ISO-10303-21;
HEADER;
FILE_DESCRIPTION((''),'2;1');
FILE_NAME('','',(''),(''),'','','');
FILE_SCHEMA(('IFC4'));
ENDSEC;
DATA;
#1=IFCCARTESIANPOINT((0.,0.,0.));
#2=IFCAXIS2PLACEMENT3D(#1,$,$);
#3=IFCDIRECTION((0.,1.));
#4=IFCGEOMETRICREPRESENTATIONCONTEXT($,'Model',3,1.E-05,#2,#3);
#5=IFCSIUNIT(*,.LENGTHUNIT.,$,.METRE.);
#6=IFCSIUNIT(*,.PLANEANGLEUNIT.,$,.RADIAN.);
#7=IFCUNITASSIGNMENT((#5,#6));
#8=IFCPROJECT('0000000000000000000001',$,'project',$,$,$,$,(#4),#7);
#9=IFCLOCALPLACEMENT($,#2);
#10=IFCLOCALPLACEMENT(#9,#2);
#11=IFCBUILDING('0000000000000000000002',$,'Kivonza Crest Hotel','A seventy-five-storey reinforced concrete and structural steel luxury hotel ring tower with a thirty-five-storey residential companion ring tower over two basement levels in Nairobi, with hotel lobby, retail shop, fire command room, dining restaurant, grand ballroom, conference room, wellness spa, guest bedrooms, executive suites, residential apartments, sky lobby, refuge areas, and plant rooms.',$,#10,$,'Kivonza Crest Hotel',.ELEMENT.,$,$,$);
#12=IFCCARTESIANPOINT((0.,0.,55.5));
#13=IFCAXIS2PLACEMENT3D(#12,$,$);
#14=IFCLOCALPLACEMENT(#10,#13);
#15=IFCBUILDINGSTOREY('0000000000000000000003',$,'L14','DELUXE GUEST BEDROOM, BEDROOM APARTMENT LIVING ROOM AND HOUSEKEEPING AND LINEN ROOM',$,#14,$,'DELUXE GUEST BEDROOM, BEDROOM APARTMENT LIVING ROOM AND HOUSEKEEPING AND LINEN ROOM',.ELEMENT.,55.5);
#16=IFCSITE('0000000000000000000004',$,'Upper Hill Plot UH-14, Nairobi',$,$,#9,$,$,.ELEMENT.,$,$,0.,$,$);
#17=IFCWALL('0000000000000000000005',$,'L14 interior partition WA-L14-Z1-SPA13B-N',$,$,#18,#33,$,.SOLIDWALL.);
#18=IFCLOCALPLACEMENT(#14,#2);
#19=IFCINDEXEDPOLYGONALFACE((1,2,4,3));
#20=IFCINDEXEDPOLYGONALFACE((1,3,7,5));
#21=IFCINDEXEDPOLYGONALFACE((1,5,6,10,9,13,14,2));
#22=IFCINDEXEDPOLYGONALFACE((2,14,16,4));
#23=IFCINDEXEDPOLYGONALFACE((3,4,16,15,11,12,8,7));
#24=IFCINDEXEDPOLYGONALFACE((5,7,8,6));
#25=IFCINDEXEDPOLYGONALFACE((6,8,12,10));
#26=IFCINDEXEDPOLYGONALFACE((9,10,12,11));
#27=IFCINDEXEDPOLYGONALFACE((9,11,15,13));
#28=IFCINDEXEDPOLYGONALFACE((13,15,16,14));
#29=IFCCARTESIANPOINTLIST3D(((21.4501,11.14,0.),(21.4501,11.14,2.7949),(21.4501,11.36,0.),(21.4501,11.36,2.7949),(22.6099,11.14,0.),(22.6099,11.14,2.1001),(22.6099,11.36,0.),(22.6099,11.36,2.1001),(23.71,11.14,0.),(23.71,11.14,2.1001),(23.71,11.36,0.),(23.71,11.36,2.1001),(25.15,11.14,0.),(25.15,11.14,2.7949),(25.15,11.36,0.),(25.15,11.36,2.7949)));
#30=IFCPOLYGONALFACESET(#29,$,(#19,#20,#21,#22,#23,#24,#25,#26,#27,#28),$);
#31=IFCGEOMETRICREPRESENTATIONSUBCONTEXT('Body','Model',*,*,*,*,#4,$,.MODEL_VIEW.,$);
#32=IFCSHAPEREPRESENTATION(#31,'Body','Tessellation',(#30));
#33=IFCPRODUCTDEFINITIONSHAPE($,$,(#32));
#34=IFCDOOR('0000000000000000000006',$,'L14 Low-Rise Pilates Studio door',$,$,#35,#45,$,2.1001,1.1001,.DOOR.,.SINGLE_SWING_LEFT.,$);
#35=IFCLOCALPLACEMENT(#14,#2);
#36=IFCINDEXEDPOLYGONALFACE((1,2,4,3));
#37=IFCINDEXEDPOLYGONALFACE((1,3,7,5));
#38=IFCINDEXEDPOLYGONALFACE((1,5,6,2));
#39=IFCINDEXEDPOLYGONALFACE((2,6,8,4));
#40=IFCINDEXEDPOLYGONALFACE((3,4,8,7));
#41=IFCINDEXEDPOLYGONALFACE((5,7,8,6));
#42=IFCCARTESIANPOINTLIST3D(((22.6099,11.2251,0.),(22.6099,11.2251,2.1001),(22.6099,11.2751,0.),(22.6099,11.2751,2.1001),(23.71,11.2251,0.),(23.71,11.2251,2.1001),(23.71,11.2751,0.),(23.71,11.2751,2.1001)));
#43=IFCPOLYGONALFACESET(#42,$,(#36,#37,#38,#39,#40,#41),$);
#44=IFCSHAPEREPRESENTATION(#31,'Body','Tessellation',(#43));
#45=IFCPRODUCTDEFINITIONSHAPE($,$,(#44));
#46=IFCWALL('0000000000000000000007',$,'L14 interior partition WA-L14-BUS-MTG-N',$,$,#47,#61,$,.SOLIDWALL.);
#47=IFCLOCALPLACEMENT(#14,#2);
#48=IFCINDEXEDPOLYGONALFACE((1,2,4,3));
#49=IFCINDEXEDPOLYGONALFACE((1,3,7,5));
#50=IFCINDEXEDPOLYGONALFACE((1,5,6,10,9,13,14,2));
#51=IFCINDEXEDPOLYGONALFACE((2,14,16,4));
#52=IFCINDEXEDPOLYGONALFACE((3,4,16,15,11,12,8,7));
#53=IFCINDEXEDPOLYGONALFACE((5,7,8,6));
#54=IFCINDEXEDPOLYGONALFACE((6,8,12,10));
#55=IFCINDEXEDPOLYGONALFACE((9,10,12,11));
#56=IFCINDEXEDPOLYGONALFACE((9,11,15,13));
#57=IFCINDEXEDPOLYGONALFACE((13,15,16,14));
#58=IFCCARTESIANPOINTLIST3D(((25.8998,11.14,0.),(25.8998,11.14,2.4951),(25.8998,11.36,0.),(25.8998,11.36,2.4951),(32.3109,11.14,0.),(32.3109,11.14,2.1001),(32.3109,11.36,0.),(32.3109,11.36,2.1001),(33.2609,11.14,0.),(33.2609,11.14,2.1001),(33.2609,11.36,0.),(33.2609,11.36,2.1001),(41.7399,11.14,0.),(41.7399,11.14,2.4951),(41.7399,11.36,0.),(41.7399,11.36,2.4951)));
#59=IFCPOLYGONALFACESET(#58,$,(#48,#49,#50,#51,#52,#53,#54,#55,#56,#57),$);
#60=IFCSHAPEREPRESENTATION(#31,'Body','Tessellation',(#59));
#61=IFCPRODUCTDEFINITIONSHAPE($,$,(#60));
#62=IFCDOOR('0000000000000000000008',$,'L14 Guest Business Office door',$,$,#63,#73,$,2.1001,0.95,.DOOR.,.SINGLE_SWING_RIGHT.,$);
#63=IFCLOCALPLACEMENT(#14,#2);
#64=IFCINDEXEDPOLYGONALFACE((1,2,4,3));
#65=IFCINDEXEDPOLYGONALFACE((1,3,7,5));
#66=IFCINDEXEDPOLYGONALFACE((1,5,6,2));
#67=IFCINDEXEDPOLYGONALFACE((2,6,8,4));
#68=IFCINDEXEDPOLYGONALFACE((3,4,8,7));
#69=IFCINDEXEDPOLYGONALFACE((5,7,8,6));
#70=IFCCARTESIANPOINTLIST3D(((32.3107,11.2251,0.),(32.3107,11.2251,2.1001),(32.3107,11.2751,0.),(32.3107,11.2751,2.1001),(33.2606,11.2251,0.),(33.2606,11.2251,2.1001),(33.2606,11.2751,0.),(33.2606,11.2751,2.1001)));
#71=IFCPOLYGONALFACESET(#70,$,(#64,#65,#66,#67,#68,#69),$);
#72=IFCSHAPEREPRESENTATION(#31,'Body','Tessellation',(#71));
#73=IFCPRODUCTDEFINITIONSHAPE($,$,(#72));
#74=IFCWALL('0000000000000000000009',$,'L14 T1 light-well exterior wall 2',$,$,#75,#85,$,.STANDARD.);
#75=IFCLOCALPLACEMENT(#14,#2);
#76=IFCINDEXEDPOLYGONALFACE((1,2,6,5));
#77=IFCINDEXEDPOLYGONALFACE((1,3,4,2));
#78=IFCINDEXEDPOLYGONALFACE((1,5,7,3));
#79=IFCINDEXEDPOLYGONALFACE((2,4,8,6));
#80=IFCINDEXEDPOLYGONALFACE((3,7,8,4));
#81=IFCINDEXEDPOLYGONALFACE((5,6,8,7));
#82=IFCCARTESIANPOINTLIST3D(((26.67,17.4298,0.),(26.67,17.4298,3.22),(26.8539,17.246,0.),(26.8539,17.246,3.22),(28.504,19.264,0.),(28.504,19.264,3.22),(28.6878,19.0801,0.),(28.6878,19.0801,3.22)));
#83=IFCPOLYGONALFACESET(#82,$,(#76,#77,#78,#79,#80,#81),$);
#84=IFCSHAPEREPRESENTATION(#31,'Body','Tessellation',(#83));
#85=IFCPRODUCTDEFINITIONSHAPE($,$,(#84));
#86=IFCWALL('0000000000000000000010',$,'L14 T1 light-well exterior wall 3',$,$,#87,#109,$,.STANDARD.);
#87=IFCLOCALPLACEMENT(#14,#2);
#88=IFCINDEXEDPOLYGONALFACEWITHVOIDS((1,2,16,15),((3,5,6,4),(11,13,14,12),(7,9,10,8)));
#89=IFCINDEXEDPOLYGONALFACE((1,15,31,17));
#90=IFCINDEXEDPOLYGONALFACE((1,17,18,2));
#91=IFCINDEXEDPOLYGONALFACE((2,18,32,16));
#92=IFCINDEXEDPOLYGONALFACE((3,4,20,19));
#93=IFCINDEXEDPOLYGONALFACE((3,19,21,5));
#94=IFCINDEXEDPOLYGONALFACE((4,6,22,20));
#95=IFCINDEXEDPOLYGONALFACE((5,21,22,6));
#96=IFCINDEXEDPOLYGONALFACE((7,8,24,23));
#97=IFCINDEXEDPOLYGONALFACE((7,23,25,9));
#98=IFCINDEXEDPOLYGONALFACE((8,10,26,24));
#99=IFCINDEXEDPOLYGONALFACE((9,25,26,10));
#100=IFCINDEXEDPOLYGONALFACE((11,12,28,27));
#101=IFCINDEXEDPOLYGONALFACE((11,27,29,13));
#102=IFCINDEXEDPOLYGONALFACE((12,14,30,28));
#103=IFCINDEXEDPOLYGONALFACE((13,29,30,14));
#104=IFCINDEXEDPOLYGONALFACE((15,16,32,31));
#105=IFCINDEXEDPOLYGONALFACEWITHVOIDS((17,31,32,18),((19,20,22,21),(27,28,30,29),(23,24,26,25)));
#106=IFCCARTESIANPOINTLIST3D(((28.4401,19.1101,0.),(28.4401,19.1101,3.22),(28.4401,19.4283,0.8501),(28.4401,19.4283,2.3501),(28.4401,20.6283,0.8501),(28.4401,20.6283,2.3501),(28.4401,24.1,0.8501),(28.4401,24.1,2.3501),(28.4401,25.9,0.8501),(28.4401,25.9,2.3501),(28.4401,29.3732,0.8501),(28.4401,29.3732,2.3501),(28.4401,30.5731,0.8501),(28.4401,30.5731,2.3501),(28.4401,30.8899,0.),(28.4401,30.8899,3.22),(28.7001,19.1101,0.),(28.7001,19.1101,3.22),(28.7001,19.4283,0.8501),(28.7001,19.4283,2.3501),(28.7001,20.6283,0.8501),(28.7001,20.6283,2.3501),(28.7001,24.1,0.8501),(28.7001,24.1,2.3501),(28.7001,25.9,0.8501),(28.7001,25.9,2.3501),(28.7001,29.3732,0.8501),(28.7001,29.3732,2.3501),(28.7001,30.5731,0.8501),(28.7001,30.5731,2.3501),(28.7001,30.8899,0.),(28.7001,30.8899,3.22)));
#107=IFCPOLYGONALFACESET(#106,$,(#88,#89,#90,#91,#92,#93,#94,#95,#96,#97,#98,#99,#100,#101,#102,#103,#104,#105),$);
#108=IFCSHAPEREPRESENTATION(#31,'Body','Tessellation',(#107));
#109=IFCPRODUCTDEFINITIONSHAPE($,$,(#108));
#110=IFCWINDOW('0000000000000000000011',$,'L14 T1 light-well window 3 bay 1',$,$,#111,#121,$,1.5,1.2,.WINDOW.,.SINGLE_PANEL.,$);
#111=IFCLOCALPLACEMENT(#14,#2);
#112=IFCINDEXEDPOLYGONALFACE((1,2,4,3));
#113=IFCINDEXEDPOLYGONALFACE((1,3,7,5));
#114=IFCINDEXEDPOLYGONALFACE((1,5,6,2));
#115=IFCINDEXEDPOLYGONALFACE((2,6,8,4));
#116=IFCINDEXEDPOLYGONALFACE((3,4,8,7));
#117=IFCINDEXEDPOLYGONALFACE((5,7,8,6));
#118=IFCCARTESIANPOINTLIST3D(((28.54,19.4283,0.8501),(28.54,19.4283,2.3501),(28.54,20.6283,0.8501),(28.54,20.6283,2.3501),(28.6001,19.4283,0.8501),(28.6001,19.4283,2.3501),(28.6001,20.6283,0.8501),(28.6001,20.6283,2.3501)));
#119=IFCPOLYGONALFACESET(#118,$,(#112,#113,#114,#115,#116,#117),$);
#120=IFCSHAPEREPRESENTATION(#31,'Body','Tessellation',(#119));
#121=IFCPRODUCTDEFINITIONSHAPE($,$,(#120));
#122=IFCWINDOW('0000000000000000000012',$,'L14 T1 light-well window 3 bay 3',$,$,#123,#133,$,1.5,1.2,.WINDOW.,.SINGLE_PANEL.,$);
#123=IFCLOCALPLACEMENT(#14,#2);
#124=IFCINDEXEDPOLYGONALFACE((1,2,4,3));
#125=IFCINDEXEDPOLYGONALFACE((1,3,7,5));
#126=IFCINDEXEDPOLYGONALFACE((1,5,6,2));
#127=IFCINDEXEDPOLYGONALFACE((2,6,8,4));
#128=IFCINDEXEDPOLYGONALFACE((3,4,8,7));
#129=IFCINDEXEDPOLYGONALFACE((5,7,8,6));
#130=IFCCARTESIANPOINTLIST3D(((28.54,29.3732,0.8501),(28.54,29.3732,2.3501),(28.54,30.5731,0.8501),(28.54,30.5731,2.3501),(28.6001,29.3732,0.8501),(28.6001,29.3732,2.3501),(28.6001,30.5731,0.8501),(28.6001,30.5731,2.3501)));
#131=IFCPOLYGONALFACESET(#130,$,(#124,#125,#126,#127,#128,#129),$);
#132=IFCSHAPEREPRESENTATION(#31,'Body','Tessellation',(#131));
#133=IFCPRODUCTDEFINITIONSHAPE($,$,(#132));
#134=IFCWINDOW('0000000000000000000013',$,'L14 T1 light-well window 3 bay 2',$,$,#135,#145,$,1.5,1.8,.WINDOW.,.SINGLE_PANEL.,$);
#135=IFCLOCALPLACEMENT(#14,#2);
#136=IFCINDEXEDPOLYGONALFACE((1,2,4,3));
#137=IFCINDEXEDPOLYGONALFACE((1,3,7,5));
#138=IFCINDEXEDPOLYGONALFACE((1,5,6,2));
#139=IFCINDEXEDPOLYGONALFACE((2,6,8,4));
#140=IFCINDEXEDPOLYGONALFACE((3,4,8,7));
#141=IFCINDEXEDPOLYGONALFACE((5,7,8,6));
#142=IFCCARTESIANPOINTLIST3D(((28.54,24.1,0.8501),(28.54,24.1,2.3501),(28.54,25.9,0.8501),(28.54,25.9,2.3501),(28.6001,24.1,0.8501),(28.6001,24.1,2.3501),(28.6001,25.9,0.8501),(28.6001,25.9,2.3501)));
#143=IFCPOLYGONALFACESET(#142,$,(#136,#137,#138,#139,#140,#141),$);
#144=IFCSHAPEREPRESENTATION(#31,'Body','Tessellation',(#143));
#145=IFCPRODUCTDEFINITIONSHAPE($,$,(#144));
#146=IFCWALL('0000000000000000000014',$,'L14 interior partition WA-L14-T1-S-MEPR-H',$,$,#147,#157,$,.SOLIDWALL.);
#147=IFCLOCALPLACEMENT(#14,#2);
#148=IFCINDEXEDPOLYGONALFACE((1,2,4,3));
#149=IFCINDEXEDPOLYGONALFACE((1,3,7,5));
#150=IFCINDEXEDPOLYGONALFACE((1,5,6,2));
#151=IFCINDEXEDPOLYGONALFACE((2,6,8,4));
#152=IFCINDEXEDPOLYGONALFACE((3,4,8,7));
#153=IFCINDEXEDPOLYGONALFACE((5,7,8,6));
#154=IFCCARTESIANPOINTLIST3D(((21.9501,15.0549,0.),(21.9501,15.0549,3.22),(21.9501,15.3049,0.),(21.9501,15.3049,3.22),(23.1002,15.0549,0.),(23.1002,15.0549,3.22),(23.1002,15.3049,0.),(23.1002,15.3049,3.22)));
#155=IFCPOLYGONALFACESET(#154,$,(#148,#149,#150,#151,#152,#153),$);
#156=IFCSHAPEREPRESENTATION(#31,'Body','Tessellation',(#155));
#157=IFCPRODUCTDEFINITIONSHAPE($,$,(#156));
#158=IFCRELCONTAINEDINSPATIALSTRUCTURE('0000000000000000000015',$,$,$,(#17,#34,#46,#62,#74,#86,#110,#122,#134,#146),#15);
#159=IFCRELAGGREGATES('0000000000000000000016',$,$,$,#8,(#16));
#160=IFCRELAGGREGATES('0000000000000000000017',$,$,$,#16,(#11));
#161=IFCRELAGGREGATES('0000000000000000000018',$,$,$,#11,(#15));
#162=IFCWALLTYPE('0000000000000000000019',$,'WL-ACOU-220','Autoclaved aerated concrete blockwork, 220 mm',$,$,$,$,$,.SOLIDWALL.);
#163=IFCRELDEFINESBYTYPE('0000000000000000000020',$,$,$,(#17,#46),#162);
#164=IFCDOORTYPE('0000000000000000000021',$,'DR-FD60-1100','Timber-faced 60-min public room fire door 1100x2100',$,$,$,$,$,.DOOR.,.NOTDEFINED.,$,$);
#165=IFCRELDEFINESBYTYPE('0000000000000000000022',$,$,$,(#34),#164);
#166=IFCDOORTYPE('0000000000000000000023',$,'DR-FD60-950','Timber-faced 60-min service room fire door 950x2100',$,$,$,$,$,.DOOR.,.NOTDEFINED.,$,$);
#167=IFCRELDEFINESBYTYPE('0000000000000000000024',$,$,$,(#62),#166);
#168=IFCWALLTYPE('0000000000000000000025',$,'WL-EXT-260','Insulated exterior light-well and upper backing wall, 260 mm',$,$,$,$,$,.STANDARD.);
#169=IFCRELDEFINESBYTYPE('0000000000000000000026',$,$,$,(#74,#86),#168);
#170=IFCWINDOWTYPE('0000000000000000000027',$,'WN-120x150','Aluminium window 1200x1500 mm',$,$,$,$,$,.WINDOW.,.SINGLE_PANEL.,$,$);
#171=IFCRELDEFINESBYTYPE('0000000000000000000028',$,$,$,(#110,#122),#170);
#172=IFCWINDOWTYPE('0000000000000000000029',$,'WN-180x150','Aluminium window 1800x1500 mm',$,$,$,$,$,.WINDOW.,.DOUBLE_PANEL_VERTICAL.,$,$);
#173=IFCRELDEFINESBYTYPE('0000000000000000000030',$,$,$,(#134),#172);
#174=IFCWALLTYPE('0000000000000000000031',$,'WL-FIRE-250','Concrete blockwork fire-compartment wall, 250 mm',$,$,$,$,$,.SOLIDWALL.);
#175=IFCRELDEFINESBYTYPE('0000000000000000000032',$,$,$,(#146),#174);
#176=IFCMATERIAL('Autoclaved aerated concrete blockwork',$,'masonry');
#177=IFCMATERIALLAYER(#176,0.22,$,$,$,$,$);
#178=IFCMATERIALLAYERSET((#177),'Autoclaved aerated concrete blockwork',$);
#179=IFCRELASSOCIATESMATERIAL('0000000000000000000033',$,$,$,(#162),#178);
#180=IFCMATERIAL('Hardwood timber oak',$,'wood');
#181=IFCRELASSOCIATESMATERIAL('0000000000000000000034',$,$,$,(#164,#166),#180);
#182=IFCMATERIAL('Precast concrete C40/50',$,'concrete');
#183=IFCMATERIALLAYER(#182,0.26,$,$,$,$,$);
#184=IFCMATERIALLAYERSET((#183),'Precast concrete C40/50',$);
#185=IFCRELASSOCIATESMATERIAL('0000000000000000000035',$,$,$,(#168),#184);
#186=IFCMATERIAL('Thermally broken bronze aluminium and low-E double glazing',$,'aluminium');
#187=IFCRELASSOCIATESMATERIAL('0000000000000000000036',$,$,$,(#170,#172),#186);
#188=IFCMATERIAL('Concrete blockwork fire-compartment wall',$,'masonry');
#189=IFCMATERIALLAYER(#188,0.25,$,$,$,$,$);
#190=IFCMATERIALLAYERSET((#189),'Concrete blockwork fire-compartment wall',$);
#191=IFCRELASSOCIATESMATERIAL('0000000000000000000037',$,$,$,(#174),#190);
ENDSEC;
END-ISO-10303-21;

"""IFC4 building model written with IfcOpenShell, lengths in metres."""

from ifc_helpers import new_model, si_unit, direction, frame, frame_2d, origin, place, context, subcontext, project, spatial, rectangle, extrude, material, layer, layer_set, type_object, element, fill, save


model = new_model("IFC4")

# Units and contexts
model_context = context("Model", 3, precision=1e-05, world=origin(), true_north=direction((0.0, 1.0)))
body_context = subcontext(model_context, "Body", "Model", "MODEL_VIEW")
ifc_project = project(units=[si_unit("LENGTHUNIT", "METRE"), si_unit("PLANEANGLEUNIT", "RADIAN")], contexts=[model_context])

# Site, building, storey
site_placement = place(None, origin())
site = spatial("IfcSite", under=ifc_project, at=site_placement, Name="Upper Hill Plot UH-14, Nairobi", CompositionType="ELEMENT", RefElevation=0.0)
building_placement = place(site_placement, origin())
building = spatial("IfcBuilding", under=site, at=building_placement, Name="Kivonza Crest Hotel", Description="A seventy-five-storey reinforced concrete and structural steel luxury hotel ring tower with a thirty-five-storey residential companion ring tower over two basement levels in Nairobi, with hotel lobby, retail shop, fire command room, dining restaurant, grand ballroom, conference room, wellness spa, guest bedrooms, executive suites, residential apartments, sky lobby, refuge areas, and plant rooms.", LongName="Kivonza Crest Hotel", CompositionType="ELEMENT")
storey_placement = place(building_placement, frame((0.0, 0.0, 55.5)))
storey = spatial("IfcBuildingStorey", under=building, at=storey_placement, Name="L14", Description="DELUXE GUEST BEDROOM, BEDROOM APARTMENT LIVING ROOM AND HOUSEKEEPING AND LINEN ROOM", LongName="DELUXE GUEST BEDROOM, BEDROOM APARTMENT LIVING ROOM AND HOUSEKEEPING AND LINEN ROOM", CompositionType="ELEMENT", Elevation=55.5)

# Walls, openings, doors
ifc_material_1 = material(Name="Autoclaved aerated concrete blockwork", Category="masonry")
ifc_layer_1 = layer(ifc_material_1, 0.22)
ifc_layer_set_1 = layer_set([ifc_layer_1], Name="Autoclaved aerated concrete blockwork")
wall_type_1 = type_object("IfcWallType", Name="WL-ACOU-220", Description="Autoclaved aerated concrete blockwork, 220 mm", PredefinedType="SOLIDWALL", material=ifc_layer_set_1)
wall_1_placement = place(storey_placement, frame((21.45, 11.25, 0.0), z_axis=(0.0, 0.0, 1.0), x_axis=(1.0, 0.0, 0.0)))
wall_1 = element("IfcWall", 1, at=wall_1_placement, inside=storey, type_object=wall_type_1, Name="L14 interior partition WA-L14-Z1-SPA13B-N", PredefinedType="SOLIDWALL", context=body_context, shape_type="SweptSolid", body=[
    extrude(rectangle(XDim=3.7, YDim=0.22, at=frame_2d((1.8501, 0.0))), origin(), (0.0, 0.0, 1.0), 2.7949),
])
opening_1_placement = place(wall_1_placement, frame((1.1599, 0.0, 0.0)))
opening_1 = element("IfcOpeningElement", 2, at=opening_1_placement, cuts=wall_1, PredefinedType="OPENING", context=body_context, shape_type="SweptSolid", body=[
    extrude(rectangle(XDim=1.1001, YDim=2.1001, at=frame_2d((0.55, 1.05))), frame((0.0, 0.1201, 0.0), z_axis=(0.0, -1.0, 0.0), x_axis=(1.0, 0.0, 0.0)), (0.0, 0.0, 1.0), 0.24),
])
ifc_material_2 = material(Name="Hardwood timber oak", Category="wood")
door_type_1 = type_object("IfcDoorType", Name="DR-FD60-1100", Description="Timber-faced 60-min public room fire door 1100x2100", OperationType="NOTDEFINED", PredefinedType="DOOR", material=ifc_material_2)
door_1_placement = place(opening_1_placement, frame((1.1001, 0.0, 0.0), z_axis=(0.0, 0.0, 1.0), x_axis=(-1.0, 0.0, 0.0)))
door_1 = element("IfcDoor", 3, at=door_1_placement, inside=storey, type_object=door_type_1, Name="L14 Low-Rise Pilates Studio door", OperationType="SINGLE_SWING_LEFT", OverallHeight=2.1001, OverallWidth=1.1001, PredefinedType="DOOR", context=body_context, shape_type="SweptSolid", body=[
    extrude(rectangle(XDim=1.1001, YDim=2.1001, at=frame_2d((0.55, 1.05))), frame((0.0, 0.0249, 0.0), z_axis=(0.0, -1.0, 0.0), x_axis=(1.0, 0.0, 0.0)), (0.0, 0.0, 1.0), 0.05),
])
fill(opening_1, door_1)
wall_2_placement = place(storey_placement, frame((25.8999, 11.25, 0.0), z_axis=(0.0, 0.0, 1.0), x_axis=(1.0, 0.0, 0.0)))
wall_2 = element("IfcWall", 4, at=wall_2_placement, inside=storey, type_object=wall_type_1, Name="L14 interior partition WA-L14-BUS-MTG-N", PredefinedType="SOLIDWALL", context=body_context, shape_type="SweptSolid", body=[
    extrude(rectangle(XDim=15.8401, YDim=0.22, at=frame_2d((7.9199, 0.0))), origin(), (0.0, 0.0, 1.0), 2.4951),
])
opening_2_placement = place(wall_2_placement, frame((6.4109, 0.0, 0.0)))
opening_2 = element("IfcOpeningElement", 5, at=opening_2_placement, cuts=wall_2, PredefinedType="OPENING", context=body_context, shape_type="SweptSolid", body=[
    extrude(rectangle(XDim=0.95, YDim=2.1001, at=frame_2d((0.4751, 1.05))), frame((0.0, 0.1201, 0.0), z_axis=(0.0, -1.0, 0.0), x_axis=(1.0, 0.0, 0.0)), (0.0, 0.0, 1.0), 0.24),
])
door_type_2 = type_object("IfcDoorType", Name="DR-FD60-950", Description="Timber-faced 60-min service room fire door 950x2100", OperationType="NOTDEFINED", PredefinedType="DOOR", material=ifc_material_2)
door_2_placement = place(opening_2_placement, frame((0.95, 0.0, 0.0), z_axis=(0.0, 0.0, 1.0), x_axis=(-1.0, 0.0, 0.0)))
door_2 = element("IfcDoor", 6, at=door_2_placement, inside=storey, type_object=door_type_2, Name="L14 Guest Business Office door", OperationType="SINGLE_SWING_RIGHT", OverallHeight=2.1001, OverallWidth=0.95, PredefinedType="DOOR", context=body_context, shape_type="SweptSolid", body=[
    extrude(rectangle(XDim=0.95, YDim=2.1001, at=frame_2d((0.4751, 1.05))), frame((0.0, 0.0249, 0.0), z_axis=(0.0, -1.0, 0.0), x_axis=(1.0, 0.0, 0.0)), (0.0, 0.0, 1.0), 0.05),
])
fill(opening_2, door_2)

# Wall
ifc_material_3 = material(Name="Precast concrete C40/50", Category="concrete")
ifc_layer_2 = layer(ifc_material_3, 0.26)
ifc_layer_set_2 = layer_set([ifc_layer_2], Name="Precast concrete C40/50")
wall_type_2 = type_object("IfcWallType", Name="WL-EXT-260", Description="Insulated exterior light-well and upper backing wall, 260 mm", PredefinedType="STANDARD", material=ifc_layer_set_2)
wall_3_placement = place(storey_placement, frame((26.762, 17.3379, 0.0), z_axis=(0.0, 0.0, 1.0), x_axis=(0.70706, 0.707154, 0.0)))
element("IfcWall", 7, at=wall_3_placement, inside=storey, type_object=wall_type_2, Name="L14 T1 light-well exterior wall 2", PredefinedType="STANDARD", context=body_context, shape_type="SweptSolid", body=[
    extrude(rectangle(XDim=2.5938, YDim=0.26, at=frame_2d((1.2969, 0.0))), origin(), (0.0, 0.0, 1.0), 3.22),
])

# Wall, openings, windows
wall_4_placement = place(storey_placement, frame((28.5701, 19.1101, 0.0), z_axis=(0.0, 0.0, 1.0), x_axis=(0.0, 1.0, 0.0)))
wall_4 = element("IfcWall", 8, at=wall_4_placement, inside=storey, type_object=wall_type_2, Name="L14 T1 light-well exterior wall 3", PredefinedType="STANDARD", context=body_context, shape_type="SweptSolid", body=[
    extrude(rectangle(XDim=11.7798, YDim=0.26, at=frame_2d((5.8899, 0.0))), origin(), (0.0, 0.0, 1.0), 3.22),
])
opening_3_placement = place(wall_4_placement, frame((0.3181, 0.0, 0.8501)))
opening_3 = element("IfcOpeningElement", 9, at=opening_3_placement, cuts=wall_4, PredefinedType="OPENING", context=body_context, shape_type="SweptSolid", body=[
    extrude(rectangle(XDim=1.2, YDim=1.5, at=frame_2d((0.6001, 0.75))), frame((0.0, 0.1401, 0.0), z_axis=(0.0, -1.0, 0.0), x_axis=(1.0, 0.0, 0.0)), (0.0, 0.0, 1.0), 0.28),
])
opening_4_placement = place(wall_4_placement, frame((4.99, 0.0, 0.8501)))
opening_4 = element("IfcOpeningElement", 10, at=opening_4_placement, cuts=wall_4, PredefinedType="OPENING", context=body_context, shape_type="SweptSolid", body=[
    extrude(rectangle(XDim=1.8, YDim=1.5, at=frame_2d((0.8999, 0.75))), frame((0.0, 0.1401, 0.0), z_axis=(0.0, -1.0, 0.0), x_axis=(1.0, 0.0, 0.0)), (0.0, 0.0, 1.0), 0.28),
])
opening_5_placement = place(wall_4_placement, frame((10.2629, 0.0, 0.8501)))
opening_5 = element("IfcOpeningElement", 11, at=opening_5_placement, cuts=wall_4, PredefinedType="OPENING", context=body_context, shape_type="SweptSolid", body=[
    extrude(rectangle(XDim=1.2, YDim=1.5, at=frame_2d((0.6001, 0.75))), frame((0.0, 0.1401, 0.0), z_axis=(0.0, -1.0, 0.0), x_axis=(1.0, 0.0, 0.0)), (0.0, 0.0, 1.0), 0.28),
])
ifc_material_4 = material(Name="Thermally broken bronze aluminium and low-E double glazing", Category="aluminium")
window_type_1 = type_object("IfcWindowType", Name="WN-120x150", Description="Aluminium window 1200x1500 mm", PartitioningType="SINGLE_PANEL", PredefinedType="WINDOW", material=ifc_material_4)
window_1_placement = place(opening_3_placement, origin())
window_1 = element("IfcWindow", 12, at=window_1_placement, inside=storey, type_object=window_type_1, Name="L14 T1 light-well window 3 bay 1", OverallHeight=1.5, OverallWidth=1.2, PartitioningType="SINGLE_PANEL", PredefinedType="WINDOW", context=body_context, shape_type="SweptSolid", body=[
    extrude(rectangle(XDim=1.2, YDim=1.5, at=frame_2d((0.6001, 0.75))), frame((0.0, 0.03, 0.0), z_axis=(0.0, -1.0, 0.0), x_axis=(1.0, 0.0, 0.0)), (0.0, 0.0, 1.0), 0.0601),
])
fill(opening_3, window_1)
window_2_placement = place(opening_5_placement, origin())
window_2 = element("IfcWindow", 13, at=window_2_placement, inside=storey, type_object=window_type_1, Name="L14 T1 light-well window 3 bay 3", OverallHeight=1.5, OverallWidth=1.2, PartitioningType="SINGLE_PANEL", PredefinedType="WINDOW", context=body_context, shape_type="SweptSolid", body=[
    extrude(rectangle(XDim=1.2, YDim=1.5, at=frame_2d((0.6001, 0.75))), frame((0.0, 0.03, 0.0), z_axis=(0.0, -1.0, 0.0), x_axis=(1.0, 0.0, 0.0)), (0.0, 0.0, 1.0), 0.0601),
])
fill(opening_5, window_2)
window_type_2 = type_object("IfcWindowType", Name="WN-180x150", Description="Aluminium window 1800x1500 mm", PartitioningType="DOUBLE_PANEL_VERTICAL", PredefinedType="WINDOW", material=ifc_material_4)
window_3_placement = place(opening_4_placement, origin())
window_3 = element("IfcWindow", 14, at=window_3_placement, inside=storey, type_object=window_type_2, Name="L14 T1 light-well window 3 bay 2", OverallHeight=1.5, OverallWidth=1.8, PartitioningType="SINGLE_PANEL", PredefinedType="WINDOW", context=body_context, shape_type="SweptSolid", body=[
    extrude(rectangle(XDim=1.8, YDim=1.5, at=frame_2d((0.8999, 0.75))), frame((0.0, 0.03, 0.0), z_axis=(0.0, -1.0, 0.0), x_axis=(1.0, 0.0, 0.0)), (0.0, 0.0, 1.0), 0.0601),
])
fill(opening_4, window_3)

# Wall
ifc_material_5 = material(Name="Concrete blockwork fire-compartment wall", Category="masonry")
ifc_layer_3 = layer(ifc_material_5, 0.25)
ifc_layer_set_3 = layer_set([ifc_layer_3], Name="Concrete blockwork fire-compartment wall")
wall_type_3 = type_object("IfcWallType", Name="WL-FIRE-250", Description="Concrete blockwork fire-compartment wall, 250 mm", PredefinedType="SOLIDWALL", material=ifc_layer_set_3)
wall_5_placement = place(storey_placement, frame((21.95, 15.1799, 0.0), z_axis=(0.0, 0.0, 1.0), x_axis=(1.0, 0.0, 0.0)))
element("IfcWall", 15, at=wall_5_placement, inside=storey, type_object=wall_type_3, Name="L14 interior partition WA-L14-T1-S-MEPR-H", PredefinedType="SOLIDWALL", context=body_context, shape_type="SweptSolid", body=[
    extrude(rectangle(XDim=1.1501, YDim=0.25, at=frame_2d((0.5752, 0.0))), origin(), (0.0, 0.0, 1.0), 3.22),
])

save(model, "model.ifc")
